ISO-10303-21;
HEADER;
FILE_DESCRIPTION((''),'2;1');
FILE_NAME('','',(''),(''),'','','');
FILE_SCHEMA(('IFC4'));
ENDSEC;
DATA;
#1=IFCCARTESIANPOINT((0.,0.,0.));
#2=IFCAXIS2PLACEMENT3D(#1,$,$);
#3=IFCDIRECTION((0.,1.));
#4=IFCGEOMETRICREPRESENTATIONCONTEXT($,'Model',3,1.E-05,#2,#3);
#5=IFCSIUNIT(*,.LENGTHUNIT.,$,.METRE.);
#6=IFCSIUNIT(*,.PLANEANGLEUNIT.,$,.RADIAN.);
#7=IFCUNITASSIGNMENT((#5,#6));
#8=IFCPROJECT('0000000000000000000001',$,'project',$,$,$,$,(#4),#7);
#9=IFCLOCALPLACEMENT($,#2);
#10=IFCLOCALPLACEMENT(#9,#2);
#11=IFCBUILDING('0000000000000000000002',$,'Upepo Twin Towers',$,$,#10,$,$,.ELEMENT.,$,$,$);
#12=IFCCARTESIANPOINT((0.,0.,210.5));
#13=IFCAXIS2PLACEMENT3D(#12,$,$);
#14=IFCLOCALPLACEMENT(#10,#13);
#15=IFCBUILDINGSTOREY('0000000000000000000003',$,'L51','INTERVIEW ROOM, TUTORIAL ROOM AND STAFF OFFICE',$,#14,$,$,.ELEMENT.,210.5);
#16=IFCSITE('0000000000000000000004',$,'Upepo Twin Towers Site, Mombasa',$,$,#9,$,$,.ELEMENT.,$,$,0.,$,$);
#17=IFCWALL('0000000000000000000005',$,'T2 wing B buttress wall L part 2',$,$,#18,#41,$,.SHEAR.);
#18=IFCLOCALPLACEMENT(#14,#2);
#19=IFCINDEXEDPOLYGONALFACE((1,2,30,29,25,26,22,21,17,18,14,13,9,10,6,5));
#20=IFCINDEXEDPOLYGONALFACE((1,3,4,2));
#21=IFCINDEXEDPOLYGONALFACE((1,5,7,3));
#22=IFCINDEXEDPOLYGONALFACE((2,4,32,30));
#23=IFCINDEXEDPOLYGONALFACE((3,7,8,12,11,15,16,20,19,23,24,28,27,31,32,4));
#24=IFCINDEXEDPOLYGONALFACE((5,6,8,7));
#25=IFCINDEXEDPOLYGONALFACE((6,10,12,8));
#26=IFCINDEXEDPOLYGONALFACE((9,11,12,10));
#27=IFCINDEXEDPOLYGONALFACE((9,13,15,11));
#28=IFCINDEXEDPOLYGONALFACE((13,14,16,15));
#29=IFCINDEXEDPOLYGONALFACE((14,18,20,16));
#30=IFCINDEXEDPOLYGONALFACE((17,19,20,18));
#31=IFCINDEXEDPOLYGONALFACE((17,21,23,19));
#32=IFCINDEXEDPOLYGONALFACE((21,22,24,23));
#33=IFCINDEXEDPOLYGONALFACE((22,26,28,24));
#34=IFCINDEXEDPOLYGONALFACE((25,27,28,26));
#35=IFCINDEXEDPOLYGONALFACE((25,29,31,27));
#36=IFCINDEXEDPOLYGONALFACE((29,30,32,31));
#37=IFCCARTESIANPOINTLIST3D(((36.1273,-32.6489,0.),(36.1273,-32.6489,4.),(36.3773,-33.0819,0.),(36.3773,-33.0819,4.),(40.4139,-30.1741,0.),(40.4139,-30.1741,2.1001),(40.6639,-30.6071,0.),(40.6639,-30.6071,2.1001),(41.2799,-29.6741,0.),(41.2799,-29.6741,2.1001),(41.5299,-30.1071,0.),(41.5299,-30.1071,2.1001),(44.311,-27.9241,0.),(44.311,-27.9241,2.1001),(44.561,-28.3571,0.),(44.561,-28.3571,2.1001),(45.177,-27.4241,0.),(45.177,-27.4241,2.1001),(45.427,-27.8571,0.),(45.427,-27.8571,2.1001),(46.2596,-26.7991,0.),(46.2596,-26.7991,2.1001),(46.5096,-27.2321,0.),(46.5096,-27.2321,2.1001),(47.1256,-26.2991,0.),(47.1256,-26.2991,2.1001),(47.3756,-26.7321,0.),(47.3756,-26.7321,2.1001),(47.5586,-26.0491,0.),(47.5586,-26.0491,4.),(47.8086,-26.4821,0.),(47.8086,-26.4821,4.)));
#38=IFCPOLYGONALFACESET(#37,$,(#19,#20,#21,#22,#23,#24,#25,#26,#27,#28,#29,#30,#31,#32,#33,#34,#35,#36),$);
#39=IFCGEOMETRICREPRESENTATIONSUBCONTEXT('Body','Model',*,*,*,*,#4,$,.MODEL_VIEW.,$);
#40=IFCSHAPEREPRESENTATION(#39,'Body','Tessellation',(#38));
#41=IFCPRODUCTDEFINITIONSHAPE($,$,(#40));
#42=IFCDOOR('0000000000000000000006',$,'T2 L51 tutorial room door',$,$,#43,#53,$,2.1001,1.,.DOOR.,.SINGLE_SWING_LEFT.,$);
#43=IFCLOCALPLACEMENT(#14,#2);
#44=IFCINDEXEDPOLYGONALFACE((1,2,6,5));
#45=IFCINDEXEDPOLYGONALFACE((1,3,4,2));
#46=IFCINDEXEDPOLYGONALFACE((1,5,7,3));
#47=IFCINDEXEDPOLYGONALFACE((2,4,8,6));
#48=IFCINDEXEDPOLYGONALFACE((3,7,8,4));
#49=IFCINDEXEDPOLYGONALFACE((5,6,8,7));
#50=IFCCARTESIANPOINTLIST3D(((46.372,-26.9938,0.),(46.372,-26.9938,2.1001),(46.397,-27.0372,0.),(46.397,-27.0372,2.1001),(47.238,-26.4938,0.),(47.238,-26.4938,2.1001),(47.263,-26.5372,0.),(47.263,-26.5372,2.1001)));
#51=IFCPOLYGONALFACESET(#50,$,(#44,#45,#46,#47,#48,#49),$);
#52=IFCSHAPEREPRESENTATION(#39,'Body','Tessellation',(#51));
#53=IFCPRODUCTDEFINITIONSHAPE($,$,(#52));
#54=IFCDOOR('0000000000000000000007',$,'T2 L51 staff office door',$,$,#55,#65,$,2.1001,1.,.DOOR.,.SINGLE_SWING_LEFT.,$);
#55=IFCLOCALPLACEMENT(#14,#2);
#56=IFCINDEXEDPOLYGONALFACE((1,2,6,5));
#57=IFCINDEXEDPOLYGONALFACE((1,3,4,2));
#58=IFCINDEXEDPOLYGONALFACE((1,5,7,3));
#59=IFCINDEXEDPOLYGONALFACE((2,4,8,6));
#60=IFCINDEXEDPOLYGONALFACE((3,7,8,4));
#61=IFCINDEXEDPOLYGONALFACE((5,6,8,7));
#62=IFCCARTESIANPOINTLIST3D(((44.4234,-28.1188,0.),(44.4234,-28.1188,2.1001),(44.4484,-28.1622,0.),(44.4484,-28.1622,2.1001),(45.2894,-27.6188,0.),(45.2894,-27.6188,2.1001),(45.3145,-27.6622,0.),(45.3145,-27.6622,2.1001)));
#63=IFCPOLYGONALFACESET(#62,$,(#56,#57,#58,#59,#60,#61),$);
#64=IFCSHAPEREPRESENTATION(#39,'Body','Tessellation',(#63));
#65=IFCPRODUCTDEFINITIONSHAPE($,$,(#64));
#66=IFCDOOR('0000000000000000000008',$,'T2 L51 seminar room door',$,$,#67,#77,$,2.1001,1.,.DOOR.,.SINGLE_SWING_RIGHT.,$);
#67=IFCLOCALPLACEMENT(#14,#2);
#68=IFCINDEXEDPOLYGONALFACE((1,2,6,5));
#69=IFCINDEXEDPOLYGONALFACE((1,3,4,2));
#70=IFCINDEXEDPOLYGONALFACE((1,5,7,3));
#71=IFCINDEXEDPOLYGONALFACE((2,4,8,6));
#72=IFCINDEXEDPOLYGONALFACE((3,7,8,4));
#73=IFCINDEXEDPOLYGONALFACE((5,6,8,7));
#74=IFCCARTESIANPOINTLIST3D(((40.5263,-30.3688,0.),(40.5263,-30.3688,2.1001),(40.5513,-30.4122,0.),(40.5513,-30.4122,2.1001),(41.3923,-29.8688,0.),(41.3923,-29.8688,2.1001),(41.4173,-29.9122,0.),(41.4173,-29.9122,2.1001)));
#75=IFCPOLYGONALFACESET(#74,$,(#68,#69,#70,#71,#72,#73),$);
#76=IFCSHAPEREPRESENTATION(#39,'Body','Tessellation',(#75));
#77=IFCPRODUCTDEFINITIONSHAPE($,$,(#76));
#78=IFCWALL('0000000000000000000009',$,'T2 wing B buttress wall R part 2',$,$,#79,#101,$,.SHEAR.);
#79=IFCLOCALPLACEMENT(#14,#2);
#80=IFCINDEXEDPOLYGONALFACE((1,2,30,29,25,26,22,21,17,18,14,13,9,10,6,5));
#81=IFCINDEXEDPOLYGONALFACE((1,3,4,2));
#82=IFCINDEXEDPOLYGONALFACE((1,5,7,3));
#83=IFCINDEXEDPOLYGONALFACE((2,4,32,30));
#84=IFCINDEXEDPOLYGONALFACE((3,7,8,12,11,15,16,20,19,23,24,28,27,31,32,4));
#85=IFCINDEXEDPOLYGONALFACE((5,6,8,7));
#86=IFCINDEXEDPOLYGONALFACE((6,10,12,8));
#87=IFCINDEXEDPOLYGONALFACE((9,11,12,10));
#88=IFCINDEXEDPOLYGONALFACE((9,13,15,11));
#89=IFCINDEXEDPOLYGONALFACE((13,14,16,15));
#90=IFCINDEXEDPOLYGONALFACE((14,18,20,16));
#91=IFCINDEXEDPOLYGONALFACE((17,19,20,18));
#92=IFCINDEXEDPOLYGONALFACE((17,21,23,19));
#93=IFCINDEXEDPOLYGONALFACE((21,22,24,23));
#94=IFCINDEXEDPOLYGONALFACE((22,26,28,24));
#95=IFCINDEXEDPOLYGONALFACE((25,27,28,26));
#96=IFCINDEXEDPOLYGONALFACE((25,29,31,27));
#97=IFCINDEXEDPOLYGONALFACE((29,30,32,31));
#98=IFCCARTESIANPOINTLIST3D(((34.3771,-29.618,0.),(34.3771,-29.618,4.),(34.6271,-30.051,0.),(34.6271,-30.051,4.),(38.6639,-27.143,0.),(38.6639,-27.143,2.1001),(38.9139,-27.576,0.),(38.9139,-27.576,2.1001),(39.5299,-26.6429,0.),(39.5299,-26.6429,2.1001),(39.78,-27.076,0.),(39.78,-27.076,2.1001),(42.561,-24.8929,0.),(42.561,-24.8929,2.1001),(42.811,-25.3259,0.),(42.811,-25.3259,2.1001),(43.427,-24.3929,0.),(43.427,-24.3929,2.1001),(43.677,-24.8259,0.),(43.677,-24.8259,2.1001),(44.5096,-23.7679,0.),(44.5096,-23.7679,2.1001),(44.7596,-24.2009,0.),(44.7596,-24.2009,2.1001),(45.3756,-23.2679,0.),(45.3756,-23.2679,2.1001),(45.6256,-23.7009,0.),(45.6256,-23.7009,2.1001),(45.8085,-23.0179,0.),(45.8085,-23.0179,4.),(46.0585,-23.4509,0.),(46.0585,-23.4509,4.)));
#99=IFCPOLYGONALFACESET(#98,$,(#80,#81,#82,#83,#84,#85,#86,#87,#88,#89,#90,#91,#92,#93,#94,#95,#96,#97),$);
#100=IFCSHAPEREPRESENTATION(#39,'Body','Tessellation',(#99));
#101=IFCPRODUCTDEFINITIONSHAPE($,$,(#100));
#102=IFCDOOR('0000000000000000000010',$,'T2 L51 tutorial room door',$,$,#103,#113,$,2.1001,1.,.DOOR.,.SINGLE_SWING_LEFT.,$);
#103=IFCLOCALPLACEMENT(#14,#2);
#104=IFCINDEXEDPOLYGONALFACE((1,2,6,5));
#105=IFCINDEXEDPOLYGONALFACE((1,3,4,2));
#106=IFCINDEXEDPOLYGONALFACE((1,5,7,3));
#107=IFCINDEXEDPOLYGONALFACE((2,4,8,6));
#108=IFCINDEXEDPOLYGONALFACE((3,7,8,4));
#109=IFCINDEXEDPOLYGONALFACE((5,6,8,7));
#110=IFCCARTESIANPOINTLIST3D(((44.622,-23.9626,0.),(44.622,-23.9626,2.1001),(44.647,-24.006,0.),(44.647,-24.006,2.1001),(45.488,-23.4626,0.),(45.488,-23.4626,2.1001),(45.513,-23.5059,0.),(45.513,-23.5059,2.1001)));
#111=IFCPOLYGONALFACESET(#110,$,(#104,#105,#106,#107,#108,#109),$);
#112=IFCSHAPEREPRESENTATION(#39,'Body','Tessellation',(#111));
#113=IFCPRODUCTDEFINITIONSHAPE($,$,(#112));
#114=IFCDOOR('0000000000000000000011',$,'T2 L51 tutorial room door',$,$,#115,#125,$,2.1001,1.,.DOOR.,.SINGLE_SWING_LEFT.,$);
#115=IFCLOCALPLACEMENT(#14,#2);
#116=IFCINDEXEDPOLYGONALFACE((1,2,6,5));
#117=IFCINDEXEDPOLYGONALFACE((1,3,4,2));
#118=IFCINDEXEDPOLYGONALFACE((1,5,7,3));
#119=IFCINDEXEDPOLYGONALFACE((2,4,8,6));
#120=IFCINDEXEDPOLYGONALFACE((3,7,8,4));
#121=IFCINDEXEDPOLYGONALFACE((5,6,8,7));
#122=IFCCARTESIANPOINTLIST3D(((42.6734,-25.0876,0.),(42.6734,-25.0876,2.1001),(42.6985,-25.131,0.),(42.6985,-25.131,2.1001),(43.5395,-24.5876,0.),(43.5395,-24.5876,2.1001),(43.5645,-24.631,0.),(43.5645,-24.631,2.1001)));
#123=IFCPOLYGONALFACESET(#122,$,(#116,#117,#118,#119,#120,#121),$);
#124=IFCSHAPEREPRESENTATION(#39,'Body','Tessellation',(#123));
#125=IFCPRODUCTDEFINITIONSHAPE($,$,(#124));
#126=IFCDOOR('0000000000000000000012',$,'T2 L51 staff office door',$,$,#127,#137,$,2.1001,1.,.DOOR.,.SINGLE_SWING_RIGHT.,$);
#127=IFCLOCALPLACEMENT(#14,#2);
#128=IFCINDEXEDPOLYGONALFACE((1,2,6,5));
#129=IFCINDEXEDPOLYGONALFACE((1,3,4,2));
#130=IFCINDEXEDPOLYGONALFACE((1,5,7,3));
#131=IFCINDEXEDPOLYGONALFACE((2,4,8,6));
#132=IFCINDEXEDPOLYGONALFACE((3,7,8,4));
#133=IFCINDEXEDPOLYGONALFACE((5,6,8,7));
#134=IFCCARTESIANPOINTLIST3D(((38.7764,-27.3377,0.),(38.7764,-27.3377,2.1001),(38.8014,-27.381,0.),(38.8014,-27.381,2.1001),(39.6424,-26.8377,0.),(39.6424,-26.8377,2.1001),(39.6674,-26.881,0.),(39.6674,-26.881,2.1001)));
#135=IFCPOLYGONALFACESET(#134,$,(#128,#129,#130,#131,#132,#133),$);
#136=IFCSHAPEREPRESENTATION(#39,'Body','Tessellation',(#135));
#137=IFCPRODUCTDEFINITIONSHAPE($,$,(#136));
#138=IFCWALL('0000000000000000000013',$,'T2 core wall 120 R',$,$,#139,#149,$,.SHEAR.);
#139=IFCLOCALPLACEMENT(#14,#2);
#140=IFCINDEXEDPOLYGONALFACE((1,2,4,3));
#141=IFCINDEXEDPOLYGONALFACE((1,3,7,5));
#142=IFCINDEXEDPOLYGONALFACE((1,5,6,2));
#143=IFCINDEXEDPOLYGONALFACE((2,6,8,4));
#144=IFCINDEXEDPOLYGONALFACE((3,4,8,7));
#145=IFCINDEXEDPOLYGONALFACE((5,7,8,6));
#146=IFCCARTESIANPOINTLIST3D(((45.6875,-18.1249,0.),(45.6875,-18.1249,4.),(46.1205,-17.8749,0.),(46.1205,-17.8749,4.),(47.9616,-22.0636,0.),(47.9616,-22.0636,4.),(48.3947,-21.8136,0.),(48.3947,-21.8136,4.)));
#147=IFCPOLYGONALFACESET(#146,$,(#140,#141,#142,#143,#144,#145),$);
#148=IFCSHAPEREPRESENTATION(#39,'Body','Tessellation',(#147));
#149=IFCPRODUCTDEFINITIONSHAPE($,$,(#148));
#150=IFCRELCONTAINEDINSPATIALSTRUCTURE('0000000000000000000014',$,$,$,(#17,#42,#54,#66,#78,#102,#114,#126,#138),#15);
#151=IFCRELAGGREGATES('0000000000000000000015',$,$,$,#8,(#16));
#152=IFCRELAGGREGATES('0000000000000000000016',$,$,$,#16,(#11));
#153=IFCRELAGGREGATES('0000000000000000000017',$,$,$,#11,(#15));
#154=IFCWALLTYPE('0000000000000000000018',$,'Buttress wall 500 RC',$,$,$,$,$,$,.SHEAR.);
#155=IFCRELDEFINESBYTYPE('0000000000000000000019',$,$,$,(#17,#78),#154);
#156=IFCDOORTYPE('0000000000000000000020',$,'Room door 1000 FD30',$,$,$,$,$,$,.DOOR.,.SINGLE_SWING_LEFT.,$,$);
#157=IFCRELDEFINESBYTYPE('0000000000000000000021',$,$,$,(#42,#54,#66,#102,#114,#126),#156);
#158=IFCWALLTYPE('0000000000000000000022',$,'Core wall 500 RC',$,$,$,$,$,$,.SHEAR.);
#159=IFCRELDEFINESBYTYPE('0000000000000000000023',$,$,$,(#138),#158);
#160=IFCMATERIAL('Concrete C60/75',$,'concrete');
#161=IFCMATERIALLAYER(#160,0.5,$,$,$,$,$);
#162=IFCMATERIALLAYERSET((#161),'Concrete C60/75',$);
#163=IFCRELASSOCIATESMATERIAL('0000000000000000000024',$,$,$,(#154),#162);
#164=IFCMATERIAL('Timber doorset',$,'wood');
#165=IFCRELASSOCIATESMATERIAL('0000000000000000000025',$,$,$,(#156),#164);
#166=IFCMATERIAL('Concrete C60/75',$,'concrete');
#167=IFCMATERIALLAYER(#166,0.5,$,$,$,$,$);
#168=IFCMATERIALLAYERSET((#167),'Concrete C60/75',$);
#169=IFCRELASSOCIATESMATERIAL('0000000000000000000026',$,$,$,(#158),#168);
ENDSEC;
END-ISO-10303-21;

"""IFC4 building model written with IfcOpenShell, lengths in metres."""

from ifc_helpers import new_model, si_unit, direction, frame, frame_2d, origin, place, context, subcontext, project, spatial, rectangle, extrude, material, layer, layer_set, type_object, element, fill, save


model = new_model("IFC4")

# Units and contexts
model_context = context("Model", 3, precision=1e-05, world=origin(), true_north=direction((0.0, 1.0)))
body_context = subcontext(model_context, "Body", "Model", "MODEL_VIEW")
ifc_project = project(units=[si_unit("LENGTHUNIT", "METRE"), si_unit("PLANEANGLEUNIT", "RADIAN")], contexts=[model_context])

# Site, building, storey
site_placement = place(None, origin())
site = spatial("IfcSite", under=ifc_project, at=site_placement, Name="Upepo Twin Towers Site, Mombasa", CompositionType="ELEMENT", RefElevation=0.0)
building_placement = place(site_placement, origin())
building = spatial("IfcBuilding", under=site, at=building_placement, Name="Upepo Twin Towers", CompositionType="ELEMENT")
storey_placement = place(building_placement, frame((0.0, 0.0, 210.5)))
storey = spatial("IfcBuildingStorey", under=building, at=storey_placement, Name="L51", Description="INTERVIEW ROOM, TUTORIAL ROOM AND STAFF OFFICE", CompositionType="ELEMENT", Elevation=210.5)

# Walls, openings, doors
ifc_material_1 = material(Name="Concrete C60/75", Category="concrete")
ifc_layer_1 = layer(ifc_material_1, 0.5)
ifc_layer_set_1 = layer_set([ifc_layer_1], Name="Concrete C60/75")
wall_type_1 = type_object("IfcWallType", Name="Buttress wall 500 RC", PredefinedType="SHEAR", material=ifc_layer_set_1)
wall_1_placement = place(storey_placement, frame((47.6836, -26.2656, 0.0), z_axis=(0.0, 0.0, 1.0), x_axis=(-0.866028, -0.499996, 0.0)))
wall_1 = element("IfcWall", 1, at=wall_1_placement, inside=storey, type_object=wall_type_1, Name="T2 wing B buttress wall L part 2", PredefinedType="SHEAR", context=body_context, shape_type="SweptSolid", body=[
    extrude(rectangle(XDim=13.1997, YDim=0.5, at=frame_2d((6.5999, 0.0))), origin(), (0.0, 0.0, 1.0), 4.0),
])
opening_1_placement = place(wall_1_placement, frame((0.5, 0.0, 0.0)))
opening_1 = element("IfcOpeningElement", 2, at=opening_1_placement, cuts=wall_1, PredefinedType="OPENING", context=body_context, shape_type="SweptSolid", body=[
    extrude(rectangle(XDim=1.0, YDim=2.1001, at=frame_2d((0.5, 1.05))), frame((0.0, 0.26, 0.0), z_axis=(0.0, -1.0, 0.0), x_axis=(1.0, 0.0, 0.0)), (0.0, 0.0, 1.0), 0.52),
])
opening_2_placement = place(wall_1_placement, frame((2.75, 0.0, 0.0)))
opening_2 = element("IfcOpeningElement", 3, at=opening_2_placement, cuts=wall_1, PredefinedType="OPENING", context=body_context, shape_type="SweptSolid", body=[
    extrude(rectangle(XDim=1.0, YDim=2.1001, at=frame_2d((0.5, 1.05))), frame((0.0, 0.26, 0.0), z_axis=(0.0, -1.0, 0.0), x_axis=(1.0, 0.0, 0.0)), (0.0, 0.0, 1.0), 0.52),
])
opening_3_placement = place(wall_1_placement, frame((7.25, 0.0, 0.0)))
opening_3 = element("IfcOpeningElement", 4, at=opening_3_placement, cuts=wall_1, PredefinedType="OPENING", context=body_context, shape_type="SweptSolid", body=[
    extrude(rectangle(XDim=1.0, YDim=2.1001, at=frame_2d((0.5, 1.05))), frame((0.0, 0.26, 0.0), z_axis=(0.0, -1.0, 0.0), x_axis=(1.0, 0.0, 0.0)), (0.0, 0.0, 1.0), 0.52),
])
ifc_material_2 = material(Name="Timber doorset", Category="wood")
door_type_1 = type_object("IfcDoorType", Name="Room door 1000 FD30", OperationType="SINGLE_SWING_LEFT", PredefinedType="DOOR", material=ifc_material_2)
door_1_placement = place(opening_1_placement, origin())
door_1 = element("IfcDoor", 5, at=door_1_placement, inside=storey, type_object=door_type_1, Name="T2 L51 tutorial room door", OperationType="SINGLE_SWING_LEFT", OverallHeight=2.1001, OverallWidth=1.0, PredefinedType="DOOR", context=body_context, shape_type="SweptSolid", body=[
    extrude(rectangle(XDim=1.0, YDim=2.1001, at=frame_2d((0.5, 1.05))), frame((0.0, 0.0249, 0.0), z_axis=(0.0, -1.0, 0.0), x_axis=(1.0, 0.0, 0.0)), (0.0, 0.0, 1.0), 0.05),
])
fill(opening_1, door_1)
door_2_placement = place(opening_2_placement, origin())
door_2 = element("IfcDoor", 6, at=door_2_placement, inside=storey, type_object=door_type_1, Name="T2 L51 staff office door", OperationType="SINGLE_SWING_LEFT", OverallHeight=2.1001, OverallWidth=1.0, PredefinedType="DOOR", context=body_context, shape_type="SweptSolid", body=[
    extrude(rectangle(XDim=1.0, YDim=2.1001, at=frame_2d((0.5, 1.05))), frame((0.0, 0.0249, 0.0), z_axis=(0.0, -1.0, 0.0), x_axis=(1.0, 0.0, 0.0)), (0.0, 0.0, 1.0), 0.05),
])
fill(opening_2, door_2)
door_3_placement = place(opening_3_placement, origin())
door_3 = element("IfcDoor", 7, at=door_3_placement, inside=storey, type_object=door_type_1, Name="T2 L51 seminar room door", OperationType="SINGLE_SWING_RIGHT", OverallHeight=2.1001, OverallWidth=1.0, PredefinedType="DOOR", context=body_context, shape_type="SweptSolid", body=[
    extrude(rectangle(XDim=1.0, YDim=2.1001, at=frame_2d((0.5, 1.05))), frame((0.0, 0.0249, 0.0), z_axis=(0.0, -1.0, 0.0), x_axis=(1.0, 0.0, 0.0)), (0.0, 0.0, 1.0), 0.05),
])
fill(opening_3, door_3)
wall_2_placement = place(storey_placement, frame((45.9336, -23.2344, 0.0), z_axis=(0.0, 0.0, 1.0), x_axis=(-0.86602, -0.50001, 0.0)))
wall_2 = element("IfcWall", 8, at=wall_2_placement, inside=storey, type_object=wall_type_1, Name="T2 wing B buttress wall R part 2", PredefinedType="SHEAR", context=body_context, shape_type="SweptSolid", body=[
    extrude(rectangle(XDim=13.2, YDim=0.5, at=frame_2d((6.6001, 0.0))), origin(), (0.0, 0.0, 1.0), 4.0),
])
opening_4_placement = place(wall_2_placement, frame((0.5, 0.0, 0.0)))
opening_4 = element("IfcOpeningElement", 9, at=opening_4_placement, cuts=wall_2, PredefinedType="OPENING", context=body_context, shape_type="SweptSolid", body=[
    extrude(rectangle(XDim=1.0, YDim=2.1001, at=frame_2d((0.5, 1.05))), frame((0.0, 0.26, 0.0), z_axis=(0.0, -1.0, 0.0), x_axis=(1.0, 0.0, 0.0)), (0.0, 0.0, 1.0), 0.52),
])
opening_5_placement = place(wall_2_placement, frame((2.75, 0.0, 0.0)))
opening_5 = element("IfcOpeningElement", 10, at=opening_5_placement, cuts=wall_2, PredefinedType="OPENING", context=body_context, shape_type="SweptSolid", body=[
    extrude(rectangle(XDim=1.0, YDim=2.1001, at=frame_2d((0.5, 1.05))), frame((0.0, 0.26, 0.0), z_axis=(0.0, -1.0, 0.0), x_axis=(1.0, 0.0, 0.0)), (0.0, 0.0, 1.0), 0.52),
])
opening_6_placement = place(wall_2_placement, frame((7.25, 0.0, 0.0)))
opening_6 = element("IfcOpeningElement", 11, at=opening_6_placement, cuts=wall_2, PredefinedType="OPENING", context=body_context, shape_type="SweptSolid", body=[
    extrude(rectangle(XDim=1.0, YDim=2.1001, at=frame_2d((0.5, 1.05))), frame((0.0, 0.26, 0.0), z_axis=(0.0, -1.0, 0.0), x_axis=(1.0, 0.0, 0.0)), (0.0, 0.0, 1.0), 0.52),
])
door_4_placement = place(opening_4_placement, origin())
door_4 = element("IfcDoor", 12, at=door_4_placement, inside=storey, type_object=door_type_1, Name="T2 L51 tutorial room door", OperationType="SINGLE_SWING_LEFT", OverallHeight=2.1001, OverallWidth=1.0, PredefinedType="DOOR", context=body_context, shape_type="SweptSolid", body=[
    extrude(rectangle(XDim=1.0, YDim=2.1001, at=frame_2d((0.5, 1.05))), frame((0.0, 0.0249, 0.0), z_axis=(0.0, -1.0, 0.0), x_axis=(1.0, 0.0, 0.0)), (0.0, 0.0, 1.0), 0.05),
])
fill(opening_4, door_4)
door_5_placement = place(opening_5_placement, origin())
door_5 = element("IfcDoor", 13, at=door_5_placement, inside=storey, type_object=door_type_1, Name="T2 L51 tutorial room door", OperationType="SINGLE_SWING_LEFT", OverallHeight=2.1001, OverallWidth=1.0, PredefinedType="DOOR", context=body_context, shape_type="SweptSolid", body=[
    extrude(rectangle(XDim=1.0, YDim=2.1001, at=frame_2d((0.5, 1.05))), frame((0.0, 0.0249, 0.0), z_axis=(0.0, -1.0, 0.0), x_axis=(1.0, 0.0, 0.0)), (0.0, 0.0, 1.0), 0.05),
])
fill(opening_5, door_5)
door_6_placement = place(opening_6_placement, origin())
door_6 = element("IfcDoor", 14, at=door_6_placement, inside=storey, type_object=door_type_1, Name="T2 L51 staff office door", OperationType="SINGLE_SWING_RIGHT", OverallHeight=2.1001, OverallWidth=1.0, PredefinedType="DOOR", context=body_context, shape_type="SweptSolid", body=[
    extrude(rectangle(XDim=1.0, YDim=2.1001, at=frame_2d((0.5, 1.05))), frame((0.0, 0.0249, 0.0), z_axis=(0.0, -1.0, 0.0), x_axis=(1.0, 0.0, 0.0)), (0.0, 0.0, 1.0), 0.05),
])
fill(opening_6, door_6)

# Wall
ifc_material_3 = material(Name="Concrete C60/75", Category="concrete")
ifc_layer_2 = layer(ifc_material_3, 0.5)
ifc_layer_set_2 = layer_set([ifc_layer_2], Name="Concrete C60/75")
wall_type_2 = type_object("IfcWallType", Name="Core wall 500 RC", PredefinedType="SHEAR", material=ifc_layer_set_2)
wall_3_placement = place(storey_placement, frame((45.9041, -18.0, 0.0), z_axis=(0.0, 0.0, 1.0), x_axis=(0.500024, -0.866011, 0.0)))
element("IfcWall", 15, at=wall_3_placement, inside=storey, type_object=wall_type_2, Name="T2 core wall 120 R", PredefinedType="SHEAR", context=body_context, shape_type="SweptSolid", body=[
    extrude(rectangle(XDim=4.5481, YDim=0.5, at=frame_2d((2.2739, 0.0))), origin(), (0.0, 0.0, 1.0), 4.0),
])

save(model, "model.ifc")
